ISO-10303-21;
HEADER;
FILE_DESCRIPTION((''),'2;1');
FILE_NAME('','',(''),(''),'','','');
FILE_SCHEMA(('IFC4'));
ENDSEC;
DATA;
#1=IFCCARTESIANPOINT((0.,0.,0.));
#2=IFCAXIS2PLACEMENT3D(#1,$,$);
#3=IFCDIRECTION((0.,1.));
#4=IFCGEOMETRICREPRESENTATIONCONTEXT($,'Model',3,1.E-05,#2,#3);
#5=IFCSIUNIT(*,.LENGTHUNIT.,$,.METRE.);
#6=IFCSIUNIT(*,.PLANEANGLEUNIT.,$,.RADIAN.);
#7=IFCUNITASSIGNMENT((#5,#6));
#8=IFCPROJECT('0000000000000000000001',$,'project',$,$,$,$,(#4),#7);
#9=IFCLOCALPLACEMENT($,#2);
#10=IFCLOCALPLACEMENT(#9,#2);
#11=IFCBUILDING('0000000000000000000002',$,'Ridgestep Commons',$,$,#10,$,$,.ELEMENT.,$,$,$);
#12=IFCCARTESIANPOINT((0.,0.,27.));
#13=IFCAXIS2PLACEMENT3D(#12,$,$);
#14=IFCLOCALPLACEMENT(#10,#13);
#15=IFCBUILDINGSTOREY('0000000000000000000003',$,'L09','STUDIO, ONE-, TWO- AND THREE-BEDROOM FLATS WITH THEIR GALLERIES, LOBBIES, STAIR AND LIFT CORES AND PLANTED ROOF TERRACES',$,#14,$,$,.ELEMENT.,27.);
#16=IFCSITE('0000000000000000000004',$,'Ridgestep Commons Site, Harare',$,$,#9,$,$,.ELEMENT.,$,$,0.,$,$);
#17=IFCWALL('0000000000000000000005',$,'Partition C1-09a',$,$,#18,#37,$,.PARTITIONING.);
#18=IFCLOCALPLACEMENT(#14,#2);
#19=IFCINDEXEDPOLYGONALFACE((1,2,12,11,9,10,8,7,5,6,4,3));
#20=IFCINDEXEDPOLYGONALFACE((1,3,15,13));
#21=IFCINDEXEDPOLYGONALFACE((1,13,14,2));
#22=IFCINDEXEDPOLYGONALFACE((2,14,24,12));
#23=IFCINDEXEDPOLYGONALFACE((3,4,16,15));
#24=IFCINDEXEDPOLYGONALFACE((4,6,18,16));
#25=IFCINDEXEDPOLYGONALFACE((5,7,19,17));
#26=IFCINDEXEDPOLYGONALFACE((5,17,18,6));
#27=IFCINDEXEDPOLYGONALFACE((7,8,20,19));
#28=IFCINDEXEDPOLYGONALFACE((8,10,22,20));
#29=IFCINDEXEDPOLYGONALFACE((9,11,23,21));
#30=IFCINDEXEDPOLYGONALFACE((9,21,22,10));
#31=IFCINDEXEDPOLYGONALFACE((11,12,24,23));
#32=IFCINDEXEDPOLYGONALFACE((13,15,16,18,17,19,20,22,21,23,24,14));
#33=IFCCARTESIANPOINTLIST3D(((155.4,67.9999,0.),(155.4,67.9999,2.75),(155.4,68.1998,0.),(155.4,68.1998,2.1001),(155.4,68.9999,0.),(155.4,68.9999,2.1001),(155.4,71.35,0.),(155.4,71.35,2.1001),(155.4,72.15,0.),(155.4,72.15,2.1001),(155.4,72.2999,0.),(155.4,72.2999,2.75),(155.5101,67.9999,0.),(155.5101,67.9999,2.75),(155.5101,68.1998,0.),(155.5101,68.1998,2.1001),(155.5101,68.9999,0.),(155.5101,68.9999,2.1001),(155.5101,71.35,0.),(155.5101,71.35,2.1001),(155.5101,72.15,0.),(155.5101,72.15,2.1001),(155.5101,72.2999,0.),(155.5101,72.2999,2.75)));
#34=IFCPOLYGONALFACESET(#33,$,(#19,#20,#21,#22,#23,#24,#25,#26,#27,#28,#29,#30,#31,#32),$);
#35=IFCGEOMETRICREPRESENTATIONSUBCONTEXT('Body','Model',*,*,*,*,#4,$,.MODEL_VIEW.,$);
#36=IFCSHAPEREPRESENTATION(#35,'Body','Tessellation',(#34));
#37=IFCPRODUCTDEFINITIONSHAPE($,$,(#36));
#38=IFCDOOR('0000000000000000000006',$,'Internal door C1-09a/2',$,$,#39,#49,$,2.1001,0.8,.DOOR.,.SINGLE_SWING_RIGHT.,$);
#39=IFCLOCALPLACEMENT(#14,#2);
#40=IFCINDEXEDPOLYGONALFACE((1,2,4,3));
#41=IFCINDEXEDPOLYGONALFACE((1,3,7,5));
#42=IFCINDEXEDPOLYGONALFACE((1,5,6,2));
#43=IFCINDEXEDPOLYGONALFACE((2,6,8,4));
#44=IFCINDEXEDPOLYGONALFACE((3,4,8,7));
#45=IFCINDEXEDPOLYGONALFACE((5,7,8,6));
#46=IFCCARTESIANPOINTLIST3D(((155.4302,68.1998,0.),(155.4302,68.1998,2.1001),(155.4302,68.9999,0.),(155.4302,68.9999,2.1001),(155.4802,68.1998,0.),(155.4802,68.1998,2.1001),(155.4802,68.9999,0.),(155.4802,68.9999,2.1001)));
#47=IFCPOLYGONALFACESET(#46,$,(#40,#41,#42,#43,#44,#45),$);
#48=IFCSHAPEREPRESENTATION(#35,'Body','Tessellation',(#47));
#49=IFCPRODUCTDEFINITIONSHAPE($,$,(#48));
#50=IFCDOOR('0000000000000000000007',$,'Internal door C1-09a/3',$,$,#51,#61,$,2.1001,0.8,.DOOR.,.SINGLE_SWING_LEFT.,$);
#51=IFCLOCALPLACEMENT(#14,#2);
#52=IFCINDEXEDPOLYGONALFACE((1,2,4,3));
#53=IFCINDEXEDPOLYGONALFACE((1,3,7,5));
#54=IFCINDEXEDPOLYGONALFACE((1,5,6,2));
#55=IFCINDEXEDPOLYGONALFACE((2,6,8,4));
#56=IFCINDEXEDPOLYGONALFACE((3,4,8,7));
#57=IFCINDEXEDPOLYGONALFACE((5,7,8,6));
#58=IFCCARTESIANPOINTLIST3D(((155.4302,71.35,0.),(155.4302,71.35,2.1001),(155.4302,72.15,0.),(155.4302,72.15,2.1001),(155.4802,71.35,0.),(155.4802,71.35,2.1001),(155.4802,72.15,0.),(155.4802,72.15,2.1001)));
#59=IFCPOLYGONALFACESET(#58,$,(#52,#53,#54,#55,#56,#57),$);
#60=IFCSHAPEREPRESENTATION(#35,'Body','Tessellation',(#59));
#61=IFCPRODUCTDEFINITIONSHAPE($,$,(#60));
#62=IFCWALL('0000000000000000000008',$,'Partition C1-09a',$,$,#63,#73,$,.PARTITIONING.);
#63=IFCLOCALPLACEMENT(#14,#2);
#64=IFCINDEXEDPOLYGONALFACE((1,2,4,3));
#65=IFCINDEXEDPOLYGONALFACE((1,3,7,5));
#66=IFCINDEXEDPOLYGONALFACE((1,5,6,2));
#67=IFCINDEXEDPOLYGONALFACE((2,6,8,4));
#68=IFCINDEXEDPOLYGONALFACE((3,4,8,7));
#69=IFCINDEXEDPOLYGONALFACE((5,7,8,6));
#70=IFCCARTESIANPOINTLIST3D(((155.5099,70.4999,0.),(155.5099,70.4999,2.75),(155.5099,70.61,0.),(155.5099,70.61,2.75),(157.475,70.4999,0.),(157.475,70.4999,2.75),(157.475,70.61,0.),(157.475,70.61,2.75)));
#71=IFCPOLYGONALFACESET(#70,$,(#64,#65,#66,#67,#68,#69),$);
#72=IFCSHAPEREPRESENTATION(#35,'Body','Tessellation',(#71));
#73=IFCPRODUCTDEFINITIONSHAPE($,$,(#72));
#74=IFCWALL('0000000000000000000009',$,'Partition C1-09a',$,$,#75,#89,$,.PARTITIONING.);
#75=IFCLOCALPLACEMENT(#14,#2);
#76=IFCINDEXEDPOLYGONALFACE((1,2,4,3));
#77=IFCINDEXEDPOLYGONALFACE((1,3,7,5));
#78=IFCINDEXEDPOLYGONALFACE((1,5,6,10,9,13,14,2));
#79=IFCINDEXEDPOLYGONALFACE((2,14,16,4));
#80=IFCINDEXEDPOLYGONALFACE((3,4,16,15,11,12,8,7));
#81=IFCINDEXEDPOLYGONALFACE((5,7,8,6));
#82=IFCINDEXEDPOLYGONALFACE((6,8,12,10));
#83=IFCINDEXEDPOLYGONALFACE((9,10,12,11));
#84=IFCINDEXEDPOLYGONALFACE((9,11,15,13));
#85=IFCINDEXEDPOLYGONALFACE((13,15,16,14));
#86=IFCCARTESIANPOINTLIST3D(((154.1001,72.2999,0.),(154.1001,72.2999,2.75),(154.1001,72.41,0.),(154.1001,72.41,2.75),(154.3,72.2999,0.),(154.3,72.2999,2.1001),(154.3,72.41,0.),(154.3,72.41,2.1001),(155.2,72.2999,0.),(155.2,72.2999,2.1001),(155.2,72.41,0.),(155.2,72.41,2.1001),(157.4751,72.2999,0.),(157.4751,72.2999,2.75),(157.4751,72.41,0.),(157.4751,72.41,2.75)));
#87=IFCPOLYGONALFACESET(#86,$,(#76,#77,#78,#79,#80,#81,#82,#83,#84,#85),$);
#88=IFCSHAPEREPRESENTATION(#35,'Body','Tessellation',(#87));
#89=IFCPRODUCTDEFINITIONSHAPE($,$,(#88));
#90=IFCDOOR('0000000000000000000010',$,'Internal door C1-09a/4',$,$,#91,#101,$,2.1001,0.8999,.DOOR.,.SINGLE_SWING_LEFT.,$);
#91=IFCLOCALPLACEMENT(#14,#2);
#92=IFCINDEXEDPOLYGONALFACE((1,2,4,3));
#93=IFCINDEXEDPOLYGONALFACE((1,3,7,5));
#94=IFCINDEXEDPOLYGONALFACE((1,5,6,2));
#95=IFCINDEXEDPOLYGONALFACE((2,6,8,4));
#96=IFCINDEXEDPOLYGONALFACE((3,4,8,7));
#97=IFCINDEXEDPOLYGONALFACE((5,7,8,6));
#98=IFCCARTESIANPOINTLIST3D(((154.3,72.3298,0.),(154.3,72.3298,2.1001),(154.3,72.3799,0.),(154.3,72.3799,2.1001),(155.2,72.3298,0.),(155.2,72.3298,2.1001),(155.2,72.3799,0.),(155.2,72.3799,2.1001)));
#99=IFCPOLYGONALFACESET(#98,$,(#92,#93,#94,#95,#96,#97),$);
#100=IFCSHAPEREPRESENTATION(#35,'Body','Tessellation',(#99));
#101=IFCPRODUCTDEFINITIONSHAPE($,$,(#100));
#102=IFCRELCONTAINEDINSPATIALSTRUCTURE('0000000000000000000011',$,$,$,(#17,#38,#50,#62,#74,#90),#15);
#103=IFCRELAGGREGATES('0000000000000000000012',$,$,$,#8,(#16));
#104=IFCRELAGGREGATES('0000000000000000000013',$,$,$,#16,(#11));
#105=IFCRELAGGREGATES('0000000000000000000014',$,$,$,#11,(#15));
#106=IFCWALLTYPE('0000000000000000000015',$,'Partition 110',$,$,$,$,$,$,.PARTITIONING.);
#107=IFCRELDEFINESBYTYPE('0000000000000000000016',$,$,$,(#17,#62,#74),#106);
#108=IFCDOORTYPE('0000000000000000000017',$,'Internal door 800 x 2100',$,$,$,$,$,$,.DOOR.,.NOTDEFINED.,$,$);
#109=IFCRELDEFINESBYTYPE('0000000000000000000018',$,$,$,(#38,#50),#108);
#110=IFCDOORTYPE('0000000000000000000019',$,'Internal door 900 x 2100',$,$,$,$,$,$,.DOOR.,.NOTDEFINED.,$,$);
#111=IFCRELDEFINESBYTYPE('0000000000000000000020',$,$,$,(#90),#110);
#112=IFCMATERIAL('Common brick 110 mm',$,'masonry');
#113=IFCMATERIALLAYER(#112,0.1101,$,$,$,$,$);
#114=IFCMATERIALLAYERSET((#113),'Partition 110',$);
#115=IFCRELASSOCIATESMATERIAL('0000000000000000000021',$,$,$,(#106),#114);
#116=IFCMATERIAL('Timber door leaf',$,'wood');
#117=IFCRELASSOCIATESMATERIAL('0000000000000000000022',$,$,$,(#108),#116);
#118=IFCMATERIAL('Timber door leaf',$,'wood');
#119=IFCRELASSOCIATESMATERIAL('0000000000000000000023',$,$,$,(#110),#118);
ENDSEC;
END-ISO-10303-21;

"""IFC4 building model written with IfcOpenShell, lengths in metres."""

from ifc_helpers import new_model, si_unit, direction, frame, frame_2d, origin, place, context, subcontext, project, spatial, rectangle, extrude, material, layer, layer_set, type_object, element, fill, save


model = new_model("IFC4")

# Units and contexts
model_context = context("Model", 3, precision=1e-05, world=origin(), true_north=direction((0.0, 1.0)))
body_context = subcontext(model_context, "Body", "Model", "MODEL_VIEW")
ifc_project = project(units=[si_unit("LENGTHUNIT", "METRE"), si_unit("PLANEANGLEUNIT", "RADIAN")], contexts=[model_context])

# Site, building, storey
site_placement = place(None, origin())
site = spatial("IfcSite", under=ifc_project, at=site_placement, Name="Ridgestep Commons Site, Harare", CompositionType="ELEMENT", RefElevation=0.0)
building_placement = place(site_placement, origin())
building = spatial("IfcBuilding", under=site, at=building_placement, Name="Ridgestep Commons", CompositionType="ELEMENT")
storey_placement = place(building_placement, frame((0.0, 0.0, 27.0)))
storey = spatial("IfcBuildingStorey", under=building, at=storey_placement, Name="L09", Description="STUDIO, ONE-, TWO- AND THREE-BEDROOM FLATS WITH THEIR GALLERIES, LOBBIES, STAIR AND LIFT CORES AND PLANTED ROOF TERRACES", CompositionType="ELEMENT", Elevation=27.0)

# Wall, openings, doors
ifc_material_1 = material(Name="Common brick 110 mm", Category="masonry")
ifc_layer_1 = layer(ifc_material_1, 0.1101)
ifc_layer_set_1 = layer_set([ifc_layer_1], Name="Partition 110")
wall_type_1 = type_object("IfcWallType", Name="Partition 110", PredefinedType="PARTITIONING", material=ifc_layer_set_1)
wall_1_placement = place(storey_placement, frame((155.4551, 68.0, 0.0), z_axis=(0.0, 0.0, 1.0), x_axis=(0.0, 1.0, 0.0)))
wall_1 = element("IfcWall", 1, at=wall_1_placement, inside=storey, type_object=wall_type_1, Name="Partition C1-09a", PredefinedType="PARTITIONING", context=body_context, shape_type="SweptSolid", body=[
    extrude(rectangle(XDim=4.3, YDim=0.1101, at=frame_2d((2.1499, 0.0))), origin(), (0.0, 0.0, 1.0), 2.75),
])
opening_1_placement = place(wall_1_placement, frame((0.2, 0.0, 0.0)))
opening_1 = element("IfcOpeningElement", 2, at=opening_1_placement, cuts=wall_1, PredefinedType="OPENING", context=body_context, shape_type="SweptSolid", body=[
    extrude(rectangle(XDim=0.8, YDim=2.1001, at=frame_2d((0.3999, 1.05))), frame((0.0, 0.0649, 0.0), z_axis=(0.0, -1.0, 0.0), x_axis=(1.0, 0.0, 0.0)), (0.0, 0.0, 1.0), 0.1301),
])
opening_2_placement = place(wall_1_placement, frame((3.3501, 0.0, 0.0)))
opening_2 = element("IfcOpeningElement", 3, at=opening_2_placement, cuts=wall_1, PredefinedType="OPENING", context=body_context, shape_type="SweptSolid", body=[
    extrude(rectangle(XDim=0.8, YDim=2.1001, at=frame_2d((0.3999, 1.05))), frame((0.0, 0.0649, 0.0), z_axis=(0.0, -1.0, 0.0), x_axis=(1.0, 0.0, 0.0)), (0.0, 0.0, 1.0), 0.1301),
])
ifc_material_2 = material(Name="Timber door leaf", Category="wood")
door_type_1 = type_object("IfcDoorType", Name="Internal door 800 x 2100", OperationType="NOTDEFINED", PredefinedType="DOOR", material=ifc_material_2)
door_1_placement = place(opening_1_placement, origin())
door_1 = element("IfcDoor", 4, at=door_1_placement, inside=storey, type_object=door_type_1, Name="Internal door C1-09a/2", OperationType="SINGLE_SWING_RIGHT", OverallHeight=2.1001, OverallWidth=0.8, PredefinedType="DOOR", context=body_context, shape_type="SweptSolid", body=[
    extrude(rectangle(XDim=0.8, YDim=2.1001, at=frame_2d((0.3999, 1.05))), frame((0.0, 0.0249, 0.0), z_axis=(0.0, -1.0, 0.0), x_axis=(1.0, 0.0, 0.0)), (0.0, 0.0, 1.0), 0.05),
])
fill(opening_1, door_1)
door_2_placement = place(opening_2_placement, origin())
door_2 = element("IfcDoor", 5, at=door_2_placement, inside=storey, type_object=door_type_1, Name="Internal door C1-09a/3", OperationType="SINGLE_SWING_LEFT", OverallHeight=2.1001, OverallWidth=0.8, PredefinedType="DOOR", context=body_context, shape_type="SweptSolid", body=[
    extrude(rectangle(XDim=0.8, YDim=2.1001, at=frame_2d((0.3999, 1.05))), frame((0.0, 0.0249, 0.0), z_axis=(0.0, -1.0, 0.0), x_axis=(1.0, 0.0, 0.0)), (0.0, 0.0, 1.0), 0.05),
])
fill(opening_2, door_2)

# Wall
wall_2_placement = place(storey_placement, frame((155.51, 70.5549, 0.0), z_axis=(0.0, 0.0, 1.0), x_axis=(1.0, 0.0, 0.0)))
element("IfcWall", 6, at=wall_2_placement, inside=storey, type_object=wall_type_1, Name="Partition C1-09a", PredefinedType="PARTITIONING", context=body_context, shape_type="SweptSolid", body=[
    extrude(rectangle(XDim=1.9651, YDim=0.1101, at=frame_2d((0.9824, 0.0))), origin(), (0.0, 0.0, 1.0), 2.75),
])

# Wall, opening, door
wall_3_placement = place(storey_placement, frame((154.1001, 72.355, 0.0), z_axis=(0.0, 0.0, 1.0), x_axis=(1.0, 0.0, 0.0)))
wall_3 = element("IfcWall", 7, at=wall_3_placement, inside=storey, type_object=wall_type_1, Name="Partition C1-09a", PredefinedType="PARTITIONING", context=body_context, shape_type="SweptSolid", body=[
    extrude(rectangle(XDim=3.375, YDim=0.1101, at=frame_2d((1.6875, 0.0))), origin(), (0.0, 0.0, 1.0), 2.75),
])
opening_3_placement = place(wall_3_placement, frame((0.2, 0.0, 0.0)))
opening_3 = element("IfcOpeningElement", 8, at=opening_3_placement, cuts=wall_3, PredefinedType="OPENING", context=body_context, shape_type="SweptSolid", body=[
    extrude(rectangle(XDim=0.8999, YDim=2.1001, at=frame_2d((0.45, 1.05))), frame((0.0, 0.0649, 0.0), z_axis=(0.0, -1.0, 0.0), x_axis=(1.0, 0.0, 0.0)), (0.0, 0.0, 1.0), 0.1301),
])
ifc_material_3 = material(Name="Timber door leaf", Category="wood")
door_type_2 = type_object("IfcDoorType", Name="Internal door 900 x 2100", OperationType="NOTDEFINED", PredefinedType="DOOR", material=ifc_material_3)
door_3_placement = place(opening_3_placement, origin())
door_3 = element("IfcDoor", 9, at=door_3_placement, inside=storey, type_object=door_type_2, Name="Internal door C1-09a/4", OperationType="SINGLE_SWING_LEFT", OverallHeight=2.1001, OverallWidth=0.8999, PredefinedType="DOOR", context=body_context, shape_type="SweptSolid", body=[
    extrude(rectangle(XDim=0.8999, YDim=2.1001, at=frame_2d((0.45, 1.05))), frame((0.0, 0.0249, 0.0), z_axis=(0.0, -1.0, 0.0), x_axis=(1.0, 0.0, 0.0)), (0.0, 0.0, 1.0), 0.05),
])
fill(opening_3, door_3)

save(model, "model.ifc")
